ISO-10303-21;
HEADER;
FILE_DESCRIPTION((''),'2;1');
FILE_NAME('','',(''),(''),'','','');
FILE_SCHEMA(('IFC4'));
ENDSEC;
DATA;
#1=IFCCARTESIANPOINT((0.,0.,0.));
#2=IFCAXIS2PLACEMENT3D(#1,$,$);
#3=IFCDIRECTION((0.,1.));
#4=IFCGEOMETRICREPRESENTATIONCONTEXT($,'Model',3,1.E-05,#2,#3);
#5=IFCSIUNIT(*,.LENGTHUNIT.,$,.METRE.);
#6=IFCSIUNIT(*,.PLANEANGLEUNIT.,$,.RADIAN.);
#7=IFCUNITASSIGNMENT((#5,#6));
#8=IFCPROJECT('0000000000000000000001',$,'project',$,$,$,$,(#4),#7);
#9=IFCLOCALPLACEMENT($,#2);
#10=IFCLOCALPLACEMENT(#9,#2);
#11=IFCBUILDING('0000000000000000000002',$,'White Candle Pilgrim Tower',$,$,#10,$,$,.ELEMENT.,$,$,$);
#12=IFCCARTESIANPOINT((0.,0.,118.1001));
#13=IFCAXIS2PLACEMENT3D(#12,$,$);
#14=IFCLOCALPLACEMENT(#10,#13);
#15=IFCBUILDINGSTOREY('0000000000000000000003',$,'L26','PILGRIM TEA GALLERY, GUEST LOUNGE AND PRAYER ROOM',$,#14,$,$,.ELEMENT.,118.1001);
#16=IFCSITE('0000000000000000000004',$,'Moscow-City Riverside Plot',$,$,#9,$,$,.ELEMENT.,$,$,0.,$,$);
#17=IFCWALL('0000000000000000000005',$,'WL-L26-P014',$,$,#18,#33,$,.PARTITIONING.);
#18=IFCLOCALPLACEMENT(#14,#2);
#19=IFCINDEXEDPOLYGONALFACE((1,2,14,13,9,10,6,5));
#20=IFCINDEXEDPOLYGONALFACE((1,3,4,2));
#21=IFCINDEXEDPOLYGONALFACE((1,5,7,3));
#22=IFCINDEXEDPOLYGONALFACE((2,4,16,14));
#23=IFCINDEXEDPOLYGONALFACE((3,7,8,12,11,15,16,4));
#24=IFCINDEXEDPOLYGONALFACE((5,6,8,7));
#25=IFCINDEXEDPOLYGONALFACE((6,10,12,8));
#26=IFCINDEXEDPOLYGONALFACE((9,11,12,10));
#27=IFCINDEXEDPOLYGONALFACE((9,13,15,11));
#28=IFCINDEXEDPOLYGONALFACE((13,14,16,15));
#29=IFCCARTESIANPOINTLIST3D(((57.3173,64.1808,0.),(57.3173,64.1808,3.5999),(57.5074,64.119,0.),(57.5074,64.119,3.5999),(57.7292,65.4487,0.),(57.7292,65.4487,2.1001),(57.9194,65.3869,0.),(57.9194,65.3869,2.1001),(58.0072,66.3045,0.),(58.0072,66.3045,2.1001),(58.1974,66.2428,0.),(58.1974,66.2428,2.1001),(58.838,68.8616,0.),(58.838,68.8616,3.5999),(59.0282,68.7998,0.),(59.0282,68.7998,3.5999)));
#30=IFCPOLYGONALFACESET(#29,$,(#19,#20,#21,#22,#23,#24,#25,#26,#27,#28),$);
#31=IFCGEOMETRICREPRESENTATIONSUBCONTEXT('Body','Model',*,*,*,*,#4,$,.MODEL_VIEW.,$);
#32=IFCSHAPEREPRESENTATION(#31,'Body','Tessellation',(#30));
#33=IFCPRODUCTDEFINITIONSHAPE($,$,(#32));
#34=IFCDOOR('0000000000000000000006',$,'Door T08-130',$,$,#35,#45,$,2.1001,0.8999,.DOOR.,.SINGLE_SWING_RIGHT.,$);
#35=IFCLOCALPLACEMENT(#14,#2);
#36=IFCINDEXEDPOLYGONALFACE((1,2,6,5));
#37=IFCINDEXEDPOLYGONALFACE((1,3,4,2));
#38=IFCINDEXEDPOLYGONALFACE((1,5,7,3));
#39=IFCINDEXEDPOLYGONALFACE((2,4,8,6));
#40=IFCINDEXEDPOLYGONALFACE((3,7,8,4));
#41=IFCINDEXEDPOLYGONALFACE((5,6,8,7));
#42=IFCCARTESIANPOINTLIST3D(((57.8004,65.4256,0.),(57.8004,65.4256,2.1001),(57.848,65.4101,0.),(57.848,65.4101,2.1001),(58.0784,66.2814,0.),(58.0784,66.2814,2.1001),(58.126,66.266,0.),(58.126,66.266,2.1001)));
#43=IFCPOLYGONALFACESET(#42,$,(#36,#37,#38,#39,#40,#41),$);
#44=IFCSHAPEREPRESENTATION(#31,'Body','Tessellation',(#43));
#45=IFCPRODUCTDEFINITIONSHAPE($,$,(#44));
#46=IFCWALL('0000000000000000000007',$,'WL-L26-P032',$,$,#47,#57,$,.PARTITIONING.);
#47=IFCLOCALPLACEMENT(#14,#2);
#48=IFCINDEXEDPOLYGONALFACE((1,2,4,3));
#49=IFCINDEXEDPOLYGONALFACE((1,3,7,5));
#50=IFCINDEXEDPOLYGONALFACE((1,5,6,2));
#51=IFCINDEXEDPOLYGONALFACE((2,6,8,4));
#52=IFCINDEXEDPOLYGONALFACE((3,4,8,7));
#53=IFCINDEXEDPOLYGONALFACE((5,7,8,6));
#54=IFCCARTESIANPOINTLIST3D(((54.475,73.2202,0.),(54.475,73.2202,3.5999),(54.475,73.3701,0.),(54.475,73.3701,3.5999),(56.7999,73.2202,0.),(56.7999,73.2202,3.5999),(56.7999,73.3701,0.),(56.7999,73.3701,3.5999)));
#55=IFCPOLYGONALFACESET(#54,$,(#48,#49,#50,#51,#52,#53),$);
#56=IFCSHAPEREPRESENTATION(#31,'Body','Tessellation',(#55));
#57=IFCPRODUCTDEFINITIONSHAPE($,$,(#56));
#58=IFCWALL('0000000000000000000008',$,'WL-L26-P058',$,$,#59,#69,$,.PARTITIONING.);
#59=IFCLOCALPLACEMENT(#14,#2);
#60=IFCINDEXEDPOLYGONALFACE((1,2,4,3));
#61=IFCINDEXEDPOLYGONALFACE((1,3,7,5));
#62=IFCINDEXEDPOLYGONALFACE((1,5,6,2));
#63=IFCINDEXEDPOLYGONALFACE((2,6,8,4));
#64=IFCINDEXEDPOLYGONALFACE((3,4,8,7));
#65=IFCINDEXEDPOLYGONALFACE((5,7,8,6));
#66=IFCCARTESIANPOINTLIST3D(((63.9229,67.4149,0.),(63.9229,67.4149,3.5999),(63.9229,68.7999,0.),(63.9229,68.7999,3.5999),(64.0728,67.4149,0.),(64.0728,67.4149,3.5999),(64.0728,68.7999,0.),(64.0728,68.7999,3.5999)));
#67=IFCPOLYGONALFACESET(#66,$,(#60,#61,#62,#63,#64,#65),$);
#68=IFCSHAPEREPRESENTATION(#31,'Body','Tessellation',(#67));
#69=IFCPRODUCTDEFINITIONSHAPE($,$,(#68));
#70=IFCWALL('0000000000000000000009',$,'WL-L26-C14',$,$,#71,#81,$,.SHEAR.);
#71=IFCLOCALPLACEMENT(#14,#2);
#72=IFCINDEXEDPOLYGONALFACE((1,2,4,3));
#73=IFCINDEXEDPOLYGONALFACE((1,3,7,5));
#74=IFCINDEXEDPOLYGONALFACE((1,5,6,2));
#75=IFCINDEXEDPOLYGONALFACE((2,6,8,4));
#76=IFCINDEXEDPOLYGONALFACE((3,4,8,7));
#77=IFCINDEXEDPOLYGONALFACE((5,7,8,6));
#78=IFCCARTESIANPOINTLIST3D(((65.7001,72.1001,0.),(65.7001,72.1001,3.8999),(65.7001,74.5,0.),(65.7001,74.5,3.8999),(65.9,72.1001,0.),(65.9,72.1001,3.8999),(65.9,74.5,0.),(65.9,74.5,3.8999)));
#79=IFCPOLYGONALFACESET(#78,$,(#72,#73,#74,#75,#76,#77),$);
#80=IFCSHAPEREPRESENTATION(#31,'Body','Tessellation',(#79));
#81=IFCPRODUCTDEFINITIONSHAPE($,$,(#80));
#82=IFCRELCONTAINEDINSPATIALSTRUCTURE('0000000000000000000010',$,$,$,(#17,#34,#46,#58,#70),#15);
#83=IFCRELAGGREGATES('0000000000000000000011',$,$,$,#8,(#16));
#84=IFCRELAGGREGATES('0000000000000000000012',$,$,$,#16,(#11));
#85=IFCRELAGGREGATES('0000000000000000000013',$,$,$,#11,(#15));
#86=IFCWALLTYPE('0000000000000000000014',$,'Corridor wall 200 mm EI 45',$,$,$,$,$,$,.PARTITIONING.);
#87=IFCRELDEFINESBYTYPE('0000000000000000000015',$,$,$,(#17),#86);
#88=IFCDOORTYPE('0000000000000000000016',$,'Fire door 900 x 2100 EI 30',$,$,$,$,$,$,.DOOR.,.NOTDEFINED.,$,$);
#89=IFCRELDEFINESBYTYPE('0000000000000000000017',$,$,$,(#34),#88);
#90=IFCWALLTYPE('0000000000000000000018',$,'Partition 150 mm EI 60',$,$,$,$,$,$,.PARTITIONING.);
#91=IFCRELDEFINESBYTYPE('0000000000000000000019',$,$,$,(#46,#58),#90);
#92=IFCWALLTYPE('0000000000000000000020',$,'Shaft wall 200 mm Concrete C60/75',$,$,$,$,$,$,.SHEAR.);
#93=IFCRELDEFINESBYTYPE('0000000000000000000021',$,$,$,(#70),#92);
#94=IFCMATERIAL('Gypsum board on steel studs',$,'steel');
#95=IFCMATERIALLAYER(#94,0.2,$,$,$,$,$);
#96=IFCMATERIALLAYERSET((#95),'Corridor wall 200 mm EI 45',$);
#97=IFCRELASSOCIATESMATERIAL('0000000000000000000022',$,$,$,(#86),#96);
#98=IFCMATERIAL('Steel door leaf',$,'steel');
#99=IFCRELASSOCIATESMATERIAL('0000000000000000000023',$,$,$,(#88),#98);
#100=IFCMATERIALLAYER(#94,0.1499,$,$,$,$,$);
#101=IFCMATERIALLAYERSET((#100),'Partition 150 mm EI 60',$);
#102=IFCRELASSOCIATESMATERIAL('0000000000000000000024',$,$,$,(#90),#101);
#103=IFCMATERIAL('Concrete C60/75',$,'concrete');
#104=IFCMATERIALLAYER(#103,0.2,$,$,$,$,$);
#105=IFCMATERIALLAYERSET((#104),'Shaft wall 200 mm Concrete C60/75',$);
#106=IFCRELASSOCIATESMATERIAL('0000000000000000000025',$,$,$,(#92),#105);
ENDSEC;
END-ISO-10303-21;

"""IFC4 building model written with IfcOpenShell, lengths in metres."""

from ifc_helpers import new_model, si_unit, direction, frame, frame_2d, origin, place, context, subcontext, project, spatial, rectangle, extrude, material, layer, layer_set, type_object, element, fill, save


model = new_model("IFC4")

# Units and contexts
model_context = context("Model", 3, precision=1e-05, world=origin(), true_north=direction((0.0, 1.0)))
body_context = subcontext(model_context, "Body", "Model", "MODEL_VIEW")
ifc_project = project(units=[si_unit("LENGTHUNIT", "METRE"), si_unit("PLANEANGLEUNIT", "RADIAN")], contexts=[model_context])

# Site, building, storey
site_placement = place(None, origin())
site = spatial("IfcSite", under=ifc_project, at=site_placement, Name="Moscow-City Riverside Plot", CompositionType="ELEMENT", RefElevation=0.0)
building_placement = place(site_placement, origin())
building = spatial("IfcBuilding", under=site, at=building_placement, Name="White Candle Pilgrim Tower", CompositionType="ELEMENT")
storey_placement = place(building_placement, frame((0.0, 0.0, 118.1001)))
storey = spatial("IfcBuildingStorey", under=building, at=storey_placement, Name="L26", Description="PILGRIM TEA GALLERY, GUEST LOUNGE AND PRAYER ROOM", CompositionType="ELEMENT", Elevation=118.1001)

# Shared definitions
ifc_material_1 = material(Name="Gypsum board on steel studs", Category="steel")
ifc_layer_1 = layer(ifc_material_1, 0.2)
ifc_layer_set_1 = layer_set([ifc_layer_1], Name="Corridor wall 200 mm EI 45")
wall_type_1 = type_object("IfcWallType", Name="Corridor wall 200 mm EI 45", PredefinedType="PARTITIONING", material=ifc_layer_set_1)
ifc_material_2 = material(Name="Steel door leaf", Category="steel")
door_type_1 = type_object("IfcDoorType", Name="Fire door 900 x 2100 EI 30", OperationType="NOTDEFINED", PredefinedType="DOOR", material=ifc_material_2)

# Wall, opening, door
wall_1_placement = place(storey_placement, frame((58.9331, 68.8308, 0.0), z_axis=(0.0, 0.0, 1.0), x_axis=(-0.308986, -0.951067, 0.0)))
wall_1 = element("IfcWall", 1, at=wall_1_placement, inside=storey, type_object=wall_type_1, Name="WL-L26-P014", PredefinedType="PARTITIONING", context=body_context, shape_type="SweptSolid", body=[
    extrude(rectangle(XDim=4.9216, YDim=0.2, at=frame_2d((2.4609, 0.0))), origin(), (0.0, 0.0, 1.0), 3.5999),
])
opening_1_placement = place(wall_1_placement, frame((2.6887, 0.0, 0.0)))
opening_1 = element("IfcOpeningElement", 2, at=opening_1_placement, cuts=wall_1, PredefinedType="OPENING", context=body_context, shape_type="SweptSolid", body=[
    extrude(rectangle(XDim=0.8999, YDim=2.1001, at=frame_2d((0.45, 1.05))), frame((0.0, 0.1099, 0.0), z_axis=(0.0, -1.0, 0.0), x_axis=(1.0, 0.0, 0.0)), (0.0, 0.0, 1.0), 0.22),
])
door_1_placement = place(opening_1_placement, origin())
door_1 = element("IfcDoor", 3, at=door_1_placement, inside=storey, type_object=door_type_1, Name="Door T08-130", OperationType="SINGLE_SWING_RIGHT", OverallHeight=2.1001, OverallWidth=0.8999, PredefinedType="DOOR", context=body_context, shape_type="SweptSolid", body=[
    extrude(rectangle(XDim=0.8999, YDim=2.1001, at=frame_2d((0.45, 1.05))), frame((0.0, 0.0249, 0.0), z_axis=(0.0, -1.0, 0.0), x_axis=(1.0, 0.0, 0.0)), (0.0, 0.0, 1.0), 0.05),
])
fill(opening_1, door_1)

# Walls
ifc_layer_2 = layer(ifc_material_1, 0.1499)
ifc_layer_set_2 = layer_set([ifc_layer_2], Name="Partition 150 mm EI 60")
wall_type_2 = type_object("IfcWallType", Name="Partition 150 mm EI 60", PredefinedType="PARTITIONING", material=ifc_layer_set_2)
wall_2_placement = place(storey_placement, frame((56.8, 73.2952, 0.0), z_axis=(0.0, 0.0, 1.0), x_axis=(-1.0, 0.0, 0.0)))
element("IfcWall", 4, at=wall_2_placement, inside=storey, type_object=wall_type_2, Name="WL-L26-P032", PredefinedType="PARTITIONING", context=body_context, shape_type="SweptSolid", body=[
    extrude(rectangle(XDim=2.325, YDim=0.1499, at=frame_2d((1.1626, 0.0))), origin(), (0.0, 0.0, 1.0), 3.5999),
])
wall_3_placement = place(storey_placement, frame((63.9978, 67.415, 0.0), z_axis=(0.0, 0.0, 1.0), x_axis=(0.0, 1.0, 0.0)))
element("IfcWall", 5, at=wall_3_placement, inside=storey, type_object=wall_type_2, Name="WL-L26-P058", PredefinedType="PARTITIONING", context=body_context, shape_type="SweptSolid", body=[
    extrude(rectangle(XDim=1.385, YDim=0.1499, at=frame_2d((0.6924, 0.0))), origin(), (0.0, 0.0, 1.0), 3.5999),
])
ifc_material_3 = material(Name="Concrete C60/75", Category="concrete")
ifc_layer_3 = layer(ifc_material_3, 0.2)
ifc_layer_set_3 = layer_set([ifc_layer_3], Name="Shaft wall 200 mm Concrete C60/75")
wall_type_3 = type_object("IfcWallType", Name="Shaft wall 200 mm Concrete C60/75", PredefinedType="SHEAR", material=ifc_layer_set_3)
wall_4_placement = place(storey_placement, frame((65.8, 72.1001, 0.0), z_axis=(0.0, 0.0, 1.0), x_axis=(0.0, 1.0, 0.0)))
element("IfcWall", 6, at=wall_4_placement, inside=storey, type_object=wall_type_3, Name="WL-L26-C14", PredefinedType="SHEAR", context=body_context, shape_type="SweptSolid", body=[
    extrude(rectangle(XDim=2.3999, YDim=0.2, at=frame_2d((1.2, 0.0))), origin(), (0.0, 0.0, 1.0), 3.8999),
])

save(model, "model.ifc")
